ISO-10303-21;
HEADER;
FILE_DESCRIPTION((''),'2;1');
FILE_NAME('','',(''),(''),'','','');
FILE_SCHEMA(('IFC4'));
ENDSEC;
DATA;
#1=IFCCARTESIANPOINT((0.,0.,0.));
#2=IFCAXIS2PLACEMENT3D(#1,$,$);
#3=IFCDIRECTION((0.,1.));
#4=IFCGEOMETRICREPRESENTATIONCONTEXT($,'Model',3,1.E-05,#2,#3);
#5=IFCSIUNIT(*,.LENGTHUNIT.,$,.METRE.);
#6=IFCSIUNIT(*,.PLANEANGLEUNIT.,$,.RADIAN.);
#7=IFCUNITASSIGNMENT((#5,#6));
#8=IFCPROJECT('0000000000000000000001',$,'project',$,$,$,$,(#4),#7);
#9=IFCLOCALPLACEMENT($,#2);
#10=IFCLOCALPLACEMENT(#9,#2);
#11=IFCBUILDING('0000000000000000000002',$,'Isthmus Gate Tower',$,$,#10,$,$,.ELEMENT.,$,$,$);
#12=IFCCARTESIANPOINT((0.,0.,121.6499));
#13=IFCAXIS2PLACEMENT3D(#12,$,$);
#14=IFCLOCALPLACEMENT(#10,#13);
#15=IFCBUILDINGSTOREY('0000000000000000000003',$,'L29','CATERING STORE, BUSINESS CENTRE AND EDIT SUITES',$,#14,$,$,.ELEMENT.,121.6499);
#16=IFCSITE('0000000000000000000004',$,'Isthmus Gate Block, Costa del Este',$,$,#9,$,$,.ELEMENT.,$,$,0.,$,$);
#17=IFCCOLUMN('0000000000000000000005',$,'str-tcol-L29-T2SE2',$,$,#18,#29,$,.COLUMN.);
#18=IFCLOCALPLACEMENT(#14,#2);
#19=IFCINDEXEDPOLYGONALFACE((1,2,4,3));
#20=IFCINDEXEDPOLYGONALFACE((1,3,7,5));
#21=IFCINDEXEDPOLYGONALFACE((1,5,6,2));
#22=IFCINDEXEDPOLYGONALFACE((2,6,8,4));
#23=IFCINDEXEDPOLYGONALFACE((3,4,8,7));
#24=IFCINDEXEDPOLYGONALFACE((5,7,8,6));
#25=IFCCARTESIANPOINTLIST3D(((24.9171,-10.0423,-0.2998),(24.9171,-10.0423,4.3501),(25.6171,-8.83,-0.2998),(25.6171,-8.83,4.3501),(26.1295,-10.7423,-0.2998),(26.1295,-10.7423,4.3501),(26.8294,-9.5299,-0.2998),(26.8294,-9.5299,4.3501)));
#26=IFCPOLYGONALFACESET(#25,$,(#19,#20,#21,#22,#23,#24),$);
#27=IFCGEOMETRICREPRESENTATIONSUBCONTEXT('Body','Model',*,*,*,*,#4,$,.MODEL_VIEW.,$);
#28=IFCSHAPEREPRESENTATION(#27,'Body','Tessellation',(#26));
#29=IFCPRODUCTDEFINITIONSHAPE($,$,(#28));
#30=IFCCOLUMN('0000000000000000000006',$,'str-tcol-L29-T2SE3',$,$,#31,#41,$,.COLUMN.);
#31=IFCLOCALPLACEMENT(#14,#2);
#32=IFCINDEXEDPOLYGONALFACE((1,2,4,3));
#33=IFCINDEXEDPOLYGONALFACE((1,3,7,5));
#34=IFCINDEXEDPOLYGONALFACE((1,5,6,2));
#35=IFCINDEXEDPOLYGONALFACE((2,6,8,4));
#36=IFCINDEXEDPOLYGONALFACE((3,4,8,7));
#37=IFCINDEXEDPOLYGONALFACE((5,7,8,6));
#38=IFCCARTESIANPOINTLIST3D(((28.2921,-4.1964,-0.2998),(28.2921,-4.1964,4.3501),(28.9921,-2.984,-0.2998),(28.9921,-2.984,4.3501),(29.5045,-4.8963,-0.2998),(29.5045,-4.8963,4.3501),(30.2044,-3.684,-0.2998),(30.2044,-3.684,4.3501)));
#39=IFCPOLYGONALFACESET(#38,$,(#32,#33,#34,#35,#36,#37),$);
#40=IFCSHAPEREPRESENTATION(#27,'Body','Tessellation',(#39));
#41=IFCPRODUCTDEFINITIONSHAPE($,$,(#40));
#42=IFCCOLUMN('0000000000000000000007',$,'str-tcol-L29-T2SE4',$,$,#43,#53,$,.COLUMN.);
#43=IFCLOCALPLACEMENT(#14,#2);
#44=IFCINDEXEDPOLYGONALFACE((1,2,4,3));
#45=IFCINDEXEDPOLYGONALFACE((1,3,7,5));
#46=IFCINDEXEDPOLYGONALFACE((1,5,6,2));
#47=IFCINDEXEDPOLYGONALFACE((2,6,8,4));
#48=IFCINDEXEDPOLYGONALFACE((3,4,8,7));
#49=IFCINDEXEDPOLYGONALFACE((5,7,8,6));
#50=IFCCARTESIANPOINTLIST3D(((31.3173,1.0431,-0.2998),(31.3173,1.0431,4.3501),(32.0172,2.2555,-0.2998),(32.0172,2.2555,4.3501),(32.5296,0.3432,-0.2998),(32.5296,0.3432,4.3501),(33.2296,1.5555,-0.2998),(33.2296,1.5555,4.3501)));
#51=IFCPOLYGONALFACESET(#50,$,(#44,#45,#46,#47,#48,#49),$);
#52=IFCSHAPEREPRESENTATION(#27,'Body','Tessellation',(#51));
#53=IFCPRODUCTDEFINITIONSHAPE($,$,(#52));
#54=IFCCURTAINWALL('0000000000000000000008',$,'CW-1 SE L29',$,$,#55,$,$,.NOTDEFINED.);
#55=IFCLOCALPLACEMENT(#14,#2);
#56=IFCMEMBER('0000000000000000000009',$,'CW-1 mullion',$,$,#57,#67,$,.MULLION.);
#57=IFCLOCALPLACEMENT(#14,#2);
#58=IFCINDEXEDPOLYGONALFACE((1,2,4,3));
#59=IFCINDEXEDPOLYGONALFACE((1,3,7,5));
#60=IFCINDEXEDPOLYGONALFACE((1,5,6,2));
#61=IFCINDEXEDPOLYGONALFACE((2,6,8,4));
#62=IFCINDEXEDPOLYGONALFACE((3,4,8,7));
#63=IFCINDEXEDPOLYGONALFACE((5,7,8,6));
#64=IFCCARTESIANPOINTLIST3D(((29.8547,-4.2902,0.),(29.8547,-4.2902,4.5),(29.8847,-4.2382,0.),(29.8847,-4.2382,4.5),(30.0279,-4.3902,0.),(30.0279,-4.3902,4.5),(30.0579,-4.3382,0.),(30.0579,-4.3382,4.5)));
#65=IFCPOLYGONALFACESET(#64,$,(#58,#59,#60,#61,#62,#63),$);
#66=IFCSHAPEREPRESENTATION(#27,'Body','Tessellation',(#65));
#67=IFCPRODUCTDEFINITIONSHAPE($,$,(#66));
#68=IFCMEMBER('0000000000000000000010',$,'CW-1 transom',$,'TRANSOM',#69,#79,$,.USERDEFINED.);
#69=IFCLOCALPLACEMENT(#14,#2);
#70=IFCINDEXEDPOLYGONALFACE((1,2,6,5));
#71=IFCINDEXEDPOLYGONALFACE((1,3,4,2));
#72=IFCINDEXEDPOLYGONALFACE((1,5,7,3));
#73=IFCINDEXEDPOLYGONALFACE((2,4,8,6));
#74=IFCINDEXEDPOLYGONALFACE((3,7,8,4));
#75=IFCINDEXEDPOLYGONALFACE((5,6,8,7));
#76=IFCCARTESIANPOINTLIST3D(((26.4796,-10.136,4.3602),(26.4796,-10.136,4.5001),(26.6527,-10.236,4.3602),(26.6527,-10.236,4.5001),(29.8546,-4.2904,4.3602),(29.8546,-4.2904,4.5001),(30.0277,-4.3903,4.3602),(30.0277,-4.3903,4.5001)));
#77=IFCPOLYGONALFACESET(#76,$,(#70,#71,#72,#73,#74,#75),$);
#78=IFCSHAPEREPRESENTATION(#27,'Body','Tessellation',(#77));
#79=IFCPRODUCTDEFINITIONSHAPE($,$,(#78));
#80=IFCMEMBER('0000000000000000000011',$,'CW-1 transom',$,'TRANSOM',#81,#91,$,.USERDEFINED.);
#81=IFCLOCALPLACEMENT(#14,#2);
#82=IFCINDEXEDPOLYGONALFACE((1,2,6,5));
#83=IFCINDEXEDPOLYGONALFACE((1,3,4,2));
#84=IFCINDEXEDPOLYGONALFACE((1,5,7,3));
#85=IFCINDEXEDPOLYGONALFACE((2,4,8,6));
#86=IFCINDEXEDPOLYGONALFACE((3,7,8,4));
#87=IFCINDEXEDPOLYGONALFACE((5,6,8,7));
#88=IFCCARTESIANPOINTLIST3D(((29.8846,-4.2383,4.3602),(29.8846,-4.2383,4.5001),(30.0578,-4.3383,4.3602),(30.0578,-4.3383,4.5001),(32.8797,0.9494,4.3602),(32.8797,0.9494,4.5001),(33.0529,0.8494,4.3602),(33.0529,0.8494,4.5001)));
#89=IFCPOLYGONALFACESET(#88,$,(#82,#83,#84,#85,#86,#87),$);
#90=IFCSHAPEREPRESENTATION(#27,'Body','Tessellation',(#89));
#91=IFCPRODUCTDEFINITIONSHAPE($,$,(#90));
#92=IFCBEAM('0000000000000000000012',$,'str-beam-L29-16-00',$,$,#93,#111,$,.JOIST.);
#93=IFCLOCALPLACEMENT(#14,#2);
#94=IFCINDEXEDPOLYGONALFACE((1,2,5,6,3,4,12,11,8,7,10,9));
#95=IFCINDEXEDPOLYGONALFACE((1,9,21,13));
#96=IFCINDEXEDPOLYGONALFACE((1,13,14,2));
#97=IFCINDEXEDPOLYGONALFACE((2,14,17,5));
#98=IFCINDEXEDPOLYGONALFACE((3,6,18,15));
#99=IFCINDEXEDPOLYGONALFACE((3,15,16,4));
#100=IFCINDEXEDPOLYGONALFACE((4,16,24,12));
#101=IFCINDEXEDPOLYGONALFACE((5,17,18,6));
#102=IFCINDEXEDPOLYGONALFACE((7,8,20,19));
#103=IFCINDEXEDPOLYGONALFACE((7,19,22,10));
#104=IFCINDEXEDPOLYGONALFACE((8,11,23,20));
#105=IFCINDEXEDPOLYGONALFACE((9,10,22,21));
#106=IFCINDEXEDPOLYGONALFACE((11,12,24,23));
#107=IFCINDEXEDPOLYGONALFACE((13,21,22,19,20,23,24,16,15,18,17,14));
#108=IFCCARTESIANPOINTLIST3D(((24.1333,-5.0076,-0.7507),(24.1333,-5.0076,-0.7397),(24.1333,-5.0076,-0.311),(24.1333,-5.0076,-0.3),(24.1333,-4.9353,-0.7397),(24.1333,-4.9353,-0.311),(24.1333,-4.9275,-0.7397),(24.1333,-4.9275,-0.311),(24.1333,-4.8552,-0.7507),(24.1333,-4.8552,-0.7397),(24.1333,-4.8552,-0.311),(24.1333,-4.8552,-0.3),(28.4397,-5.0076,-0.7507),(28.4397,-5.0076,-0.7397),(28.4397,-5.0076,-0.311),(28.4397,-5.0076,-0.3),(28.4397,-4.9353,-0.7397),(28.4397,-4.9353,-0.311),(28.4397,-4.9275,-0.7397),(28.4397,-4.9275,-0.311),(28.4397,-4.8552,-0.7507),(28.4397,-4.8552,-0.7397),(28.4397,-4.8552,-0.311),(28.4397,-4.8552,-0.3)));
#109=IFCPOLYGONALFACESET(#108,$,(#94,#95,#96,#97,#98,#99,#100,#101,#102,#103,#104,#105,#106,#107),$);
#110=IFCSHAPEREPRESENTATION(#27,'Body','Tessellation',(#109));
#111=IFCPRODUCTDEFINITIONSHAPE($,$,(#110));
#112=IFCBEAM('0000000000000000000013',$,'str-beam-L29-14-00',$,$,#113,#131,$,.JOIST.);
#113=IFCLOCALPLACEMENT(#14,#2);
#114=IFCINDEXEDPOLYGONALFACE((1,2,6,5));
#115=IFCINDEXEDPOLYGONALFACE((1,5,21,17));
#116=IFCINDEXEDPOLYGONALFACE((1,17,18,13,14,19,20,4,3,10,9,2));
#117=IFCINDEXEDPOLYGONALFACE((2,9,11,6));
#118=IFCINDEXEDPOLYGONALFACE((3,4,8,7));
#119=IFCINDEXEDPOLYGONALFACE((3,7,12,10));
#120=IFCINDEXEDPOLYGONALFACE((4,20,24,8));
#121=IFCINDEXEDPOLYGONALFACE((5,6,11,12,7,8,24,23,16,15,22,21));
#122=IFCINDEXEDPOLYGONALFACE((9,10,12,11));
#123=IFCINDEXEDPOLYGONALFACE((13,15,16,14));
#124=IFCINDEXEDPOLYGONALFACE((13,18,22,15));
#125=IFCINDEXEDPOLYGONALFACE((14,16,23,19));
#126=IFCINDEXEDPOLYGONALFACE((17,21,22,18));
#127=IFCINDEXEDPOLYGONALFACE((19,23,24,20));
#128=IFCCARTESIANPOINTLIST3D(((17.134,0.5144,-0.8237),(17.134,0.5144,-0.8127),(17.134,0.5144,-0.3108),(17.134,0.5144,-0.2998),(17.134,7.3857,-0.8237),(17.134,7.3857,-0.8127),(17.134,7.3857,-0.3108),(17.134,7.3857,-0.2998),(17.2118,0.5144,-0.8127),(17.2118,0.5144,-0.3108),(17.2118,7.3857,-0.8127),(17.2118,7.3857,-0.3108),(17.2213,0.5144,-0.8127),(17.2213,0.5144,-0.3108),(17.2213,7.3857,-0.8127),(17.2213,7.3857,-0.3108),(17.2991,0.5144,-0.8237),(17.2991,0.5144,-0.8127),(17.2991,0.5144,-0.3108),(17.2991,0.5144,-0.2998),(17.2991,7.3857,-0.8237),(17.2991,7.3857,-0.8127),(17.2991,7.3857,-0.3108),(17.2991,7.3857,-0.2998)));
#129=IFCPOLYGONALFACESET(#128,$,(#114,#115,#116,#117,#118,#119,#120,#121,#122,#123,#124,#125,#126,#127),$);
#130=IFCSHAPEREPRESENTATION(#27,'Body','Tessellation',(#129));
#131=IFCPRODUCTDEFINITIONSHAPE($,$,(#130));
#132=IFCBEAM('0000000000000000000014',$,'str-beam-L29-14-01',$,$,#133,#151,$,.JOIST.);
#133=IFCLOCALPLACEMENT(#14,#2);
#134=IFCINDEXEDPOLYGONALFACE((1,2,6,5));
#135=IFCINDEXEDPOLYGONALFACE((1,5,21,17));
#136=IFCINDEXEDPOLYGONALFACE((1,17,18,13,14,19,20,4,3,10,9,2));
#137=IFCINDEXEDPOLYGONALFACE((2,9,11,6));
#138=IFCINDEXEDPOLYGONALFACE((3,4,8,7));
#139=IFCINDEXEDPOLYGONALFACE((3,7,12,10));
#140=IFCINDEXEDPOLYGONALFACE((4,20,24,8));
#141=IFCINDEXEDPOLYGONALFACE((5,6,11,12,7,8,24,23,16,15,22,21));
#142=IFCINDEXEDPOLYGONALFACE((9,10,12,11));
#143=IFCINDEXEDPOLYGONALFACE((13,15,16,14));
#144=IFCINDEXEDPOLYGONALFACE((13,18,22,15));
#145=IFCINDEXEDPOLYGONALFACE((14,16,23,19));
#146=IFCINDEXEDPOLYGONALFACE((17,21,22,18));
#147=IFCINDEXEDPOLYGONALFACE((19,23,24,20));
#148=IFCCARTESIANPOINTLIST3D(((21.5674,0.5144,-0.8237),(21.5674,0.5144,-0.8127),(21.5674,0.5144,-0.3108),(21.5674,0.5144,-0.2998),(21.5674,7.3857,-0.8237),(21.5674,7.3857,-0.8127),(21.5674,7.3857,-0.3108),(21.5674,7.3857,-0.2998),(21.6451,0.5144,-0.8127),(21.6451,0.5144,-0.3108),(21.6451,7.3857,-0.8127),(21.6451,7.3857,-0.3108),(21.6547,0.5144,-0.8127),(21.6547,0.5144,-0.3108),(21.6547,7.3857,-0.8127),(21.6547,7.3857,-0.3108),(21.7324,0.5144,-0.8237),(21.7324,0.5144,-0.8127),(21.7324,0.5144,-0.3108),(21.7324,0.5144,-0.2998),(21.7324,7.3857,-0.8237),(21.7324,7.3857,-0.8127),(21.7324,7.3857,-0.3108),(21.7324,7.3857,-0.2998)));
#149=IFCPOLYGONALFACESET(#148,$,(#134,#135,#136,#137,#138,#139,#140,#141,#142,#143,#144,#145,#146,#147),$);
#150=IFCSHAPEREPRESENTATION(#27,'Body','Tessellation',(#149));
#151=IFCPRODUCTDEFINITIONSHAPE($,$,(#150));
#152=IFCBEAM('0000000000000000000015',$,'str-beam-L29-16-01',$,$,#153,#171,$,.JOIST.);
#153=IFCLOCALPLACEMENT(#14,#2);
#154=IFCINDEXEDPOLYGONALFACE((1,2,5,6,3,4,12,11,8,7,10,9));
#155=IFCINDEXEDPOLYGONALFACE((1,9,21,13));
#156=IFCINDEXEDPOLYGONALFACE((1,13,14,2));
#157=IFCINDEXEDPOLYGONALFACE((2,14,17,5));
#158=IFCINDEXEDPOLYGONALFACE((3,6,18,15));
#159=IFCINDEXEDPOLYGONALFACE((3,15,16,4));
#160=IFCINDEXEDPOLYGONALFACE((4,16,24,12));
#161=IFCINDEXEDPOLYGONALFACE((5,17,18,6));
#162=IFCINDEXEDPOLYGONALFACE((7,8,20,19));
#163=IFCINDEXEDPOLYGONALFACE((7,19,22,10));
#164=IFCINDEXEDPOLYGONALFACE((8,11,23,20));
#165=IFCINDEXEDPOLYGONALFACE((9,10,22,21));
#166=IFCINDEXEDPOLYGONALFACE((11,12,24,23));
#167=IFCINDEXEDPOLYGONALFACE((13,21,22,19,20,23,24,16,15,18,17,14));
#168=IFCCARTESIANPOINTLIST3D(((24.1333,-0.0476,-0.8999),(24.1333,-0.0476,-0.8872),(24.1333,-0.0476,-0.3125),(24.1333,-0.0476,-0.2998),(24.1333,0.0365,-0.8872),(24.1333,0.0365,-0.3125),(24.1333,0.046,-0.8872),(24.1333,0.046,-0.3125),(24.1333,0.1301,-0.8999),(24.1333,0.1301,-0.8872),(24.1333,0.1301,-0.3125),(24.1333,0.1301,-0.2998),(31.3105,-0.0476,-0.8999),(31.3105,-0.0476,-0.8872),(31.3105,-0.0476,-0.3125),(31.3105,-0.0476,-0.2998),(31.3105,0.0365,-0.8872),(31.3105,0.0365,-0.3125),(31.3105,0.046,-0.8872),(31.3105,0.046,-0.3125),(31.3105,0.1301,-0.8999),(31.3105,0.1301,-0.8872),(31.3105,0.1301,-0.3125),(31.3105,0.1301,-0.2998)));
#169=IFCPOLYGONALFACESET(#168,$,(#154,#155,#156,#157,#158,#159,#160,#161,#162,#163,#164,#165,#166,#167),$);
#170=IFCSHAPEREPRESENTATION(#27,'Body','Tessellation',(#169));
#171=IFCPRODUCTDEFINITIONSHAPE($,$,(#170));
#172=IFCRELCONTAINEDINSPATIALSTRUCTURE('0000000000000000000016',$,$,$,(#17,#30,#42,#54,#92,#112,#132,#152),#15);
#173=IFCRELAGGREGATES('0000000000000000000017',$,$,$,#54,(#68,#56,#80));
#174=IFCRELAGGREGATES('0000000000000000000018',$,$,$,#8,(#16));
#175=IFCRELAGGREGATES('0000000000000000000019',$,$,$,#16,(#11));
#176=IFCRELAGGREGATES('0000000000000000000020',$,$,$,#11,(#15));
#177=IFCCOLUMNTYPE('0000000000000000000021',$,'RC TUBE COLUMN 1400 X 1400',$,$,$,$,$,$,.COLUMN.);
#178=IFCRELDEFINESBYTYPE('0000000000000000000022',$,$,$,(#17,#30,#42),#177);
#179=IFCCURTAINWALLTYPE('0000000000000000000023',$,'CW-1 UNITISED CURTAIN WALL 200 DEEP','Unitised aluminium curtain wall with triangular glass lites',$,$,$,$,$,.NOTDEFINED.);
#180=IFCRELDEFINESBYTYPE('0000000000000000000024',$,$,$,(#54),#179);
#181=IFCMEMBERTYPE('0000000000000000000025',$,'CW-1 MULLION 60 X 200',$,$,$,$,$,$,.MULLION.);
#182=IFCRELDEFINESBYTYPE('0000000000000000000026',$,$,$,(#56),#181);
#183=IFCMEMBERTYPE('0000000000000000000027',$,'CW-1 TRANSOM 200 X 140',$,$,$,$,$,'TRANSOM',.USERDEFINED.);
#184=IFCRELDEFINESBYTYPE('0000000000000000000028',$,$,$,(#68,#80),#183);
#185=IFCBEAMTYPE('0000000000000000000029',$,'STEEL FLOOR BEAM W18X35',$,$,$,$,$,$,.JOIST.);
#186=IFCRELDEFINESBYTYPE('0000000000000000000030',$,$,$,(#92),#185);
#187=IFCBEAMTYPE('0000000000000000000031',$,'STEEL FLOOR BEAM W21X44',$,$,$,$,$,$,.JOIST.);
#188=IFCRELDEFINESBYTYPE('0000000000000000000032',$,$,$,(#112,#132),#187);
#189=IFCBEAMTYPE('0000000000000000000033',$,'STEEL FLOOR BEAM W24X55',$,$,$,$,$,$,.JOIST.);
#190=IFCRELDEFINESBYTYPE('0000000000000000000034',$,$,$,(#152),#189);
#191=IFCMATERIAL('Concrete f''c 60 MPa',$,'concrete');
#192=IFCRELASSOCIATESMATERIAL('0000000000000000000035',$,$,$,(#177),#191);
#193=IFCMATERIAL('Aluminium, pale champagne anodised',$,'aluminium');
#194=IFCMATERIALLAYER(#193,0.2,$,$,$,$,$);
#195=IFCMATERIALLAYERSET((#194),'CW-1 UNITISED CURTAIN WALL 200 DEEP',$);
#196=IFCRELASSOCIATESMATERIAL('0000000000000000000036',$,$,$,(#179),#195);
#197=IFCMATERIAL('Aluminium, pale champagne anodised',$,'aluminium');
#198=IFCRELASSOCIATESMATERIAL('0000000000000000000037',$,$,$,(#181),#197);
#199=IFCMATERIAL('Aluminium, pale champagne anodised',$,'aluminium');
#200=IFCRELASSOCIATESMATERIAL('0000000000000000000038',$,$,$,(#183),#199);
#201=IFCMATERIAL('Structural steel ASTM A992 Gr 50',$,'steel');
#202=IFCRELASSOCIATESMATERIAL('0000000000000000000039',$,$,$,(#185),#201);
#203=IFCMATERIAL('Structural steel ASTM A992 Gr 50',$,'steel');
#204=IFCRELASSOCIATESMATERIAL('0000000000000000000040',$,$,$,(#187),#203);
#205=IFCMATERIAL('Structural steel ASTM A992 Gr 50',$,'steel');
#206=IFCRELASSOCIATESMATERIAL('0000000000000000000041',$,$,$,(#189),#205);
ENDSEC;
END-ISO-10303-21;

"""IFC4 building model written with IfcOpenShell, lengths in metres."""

from ifc_helpers import new_model, si_unit, direction, frame, origin, origin_2d, place, context, subcontext, project, spatial, rectangle, i_section, extrude, material, layer, layer_set, material_profile, profile_set, type_object, element, aggregate, save


model = new_model("IFC4")

# Units and contexts
model_context = context("Model", 3, precision=1e-05, world=origin(), true_north=direction((0.0, 1.0)))
body_context = subcontext(model_context, "Body", "Model", "MODEL_VIEW")
ifc_project = project(units=[si_unit("LENGTHUNIT", "METRE"), si_unit("PLANEANGLEUNIT", "RADIAN")], contexts=[model_context])

# Site, building, storey
site_placement = place(None, origin())
site = spatial("IfcSite", under=ifc_project, at=site_placement, Name="Isthmus Gate Block, Costa del Este", CompositionType="ELEMENT", RefElevation=0.0)
building_placement = place(site_placement, origin())
building = spatial("IfcBuilding", under=site, at=building_placement, Name="Isthmus Gate Tower", CompositionType="ELEMENT")
storey_placement = place(building_placement, frame((0.0, 0.0, 121.6499)))
storey = spatial("IfcBuildingStorey", under=building, at=storey_placement, Name="L29", Description="CATERING STORE, BUSINESS CENTRE AND EDIT SUITES", CompositionType="ELEMENT", Elevation=121.6499)

# Columns
ifc_material_1 = material(Name="Concrete f'c 60 MPa", Category="concrete")
ifc_material_profile_1 = material_profile(ifc_material_1, rectangle(XDim=1.3999, YDim=1.3999, at=origin_2d()), Name="RC 1400X1400")
ifc_profile_set_1 = profile_set([ifc_material_profile_1], Name="Concrete f'c 60 MPa")
column_type = type_object("IfcColumnType", Name="RC TUBE COLUMN 1400 X 1400", PredefinedType="COLUMN", material=ifc_profile_set_1)
for number, where, z_axis, x_axis, name in (
    (1, (25.8733, -9.7861, -0.2998), (0.0, 0.0, 1.0), (0.5, 0.866025, 0.0), "str-tcol-L29-T2SE2"),
    (2, (29.2483, -3.9402, -0.2998), (0.0, 0.0, 1.0), (0.5, 0.866025, 0.0), "str-tcol-L29-T2SE3"),
    (3, (32.2734, 1.2993, -0.2998), (0.0, 0.0, 1.0), (0.5, 0.866025, 0.0), "str-tcol-L29-T2SE4"),
):
    element("IfcColumn", number, at=place(storey_placement, frame(where, z_axis=z_axis, x_axis=x_axis)), inside=storey, type_object=column_type, Name=name, PredefinedType="COLUMN", context=body_context, shape_type="SweptSolid", body=[
        extrude(rectangle(XDim=1.3999, YDim=1.3999, at=origin_2d()), origin(), (0.0, 0.0, 1.0), 4.6499),
    ])

# Curtain wall, members
ifc_material_2 = material(Name="Aluminium, pale champagne anodised", Category="aluminium")
ifc_layer_1 = layer(ifc_material_2, 0.2)
ifc_layer_set_1 = layer_set([ifc_layer_1], Name="CW-1 UNITISED CURTAIN WALL 200 DEEP")
curtain_wall_type = type_object("IfcCurtainWallType", Name="CW-1 UNITISED CURTAIN WALL 200 DEEP", Description="Unitised aluminium curtain wall with triangular glass lites", PredefinedType="NOTDEFINED", material=ifc_layer_set_1)
curtain_wall_placement = place(storey_placement, origin())
curtain_wall = element("IfcCurtainWall", 4, at=curtain_wall_placement, inside=storey, type_object=curtain_wall_type, Name="CW-1 SE L29", PredefinedType="NOTDEFINED")
ifc_material_3 = material(Name="Aluminium, pale champagne anodised", Category="aluminium")
ifc_material_profile_2 = material_profile(ifc_material_3, rectangle(XDim=0.0601, YDim=0.2, at=origin_2d()), Name="60x200")
ifc_profile_set_2 = profile_set([ifc_material_profile_2], Name="Aluminium, pale champagne anodised")
member_type_1 = type_object("IfcMemberType", Name="CW-1 MULLION 60 X 200", PredefinedType="MULLION", material=ifc_profile_set_2)
member_1_placement = place(storey_placement, frame((29.9563, -4.3142, 0.0), z_axis=(0.0, 0.0, 1.0), x_axis=(0.5, 0.866025, 0.0)))
member_1 = element("IfcMember", 5, at=member_1_placement, type_object=member_type_1, Name="CW-1 mullion", PredefinedType="MULLION", context=body_context, shape_type="SweptSolid", body=[
    extrude(rectangle(XDim=0.0601, YDim=0.2, at=origin_2d()), origin(), (0.0, 0.0, 1.0), 4.5),
])
ifc_material_4 = material(Name="Aluminium, pale champagne anodised", Category="aluminium")
ifc_material_profile_3 = material_profile(ifc_material_4, rectangle(XDim=0.2, YDim=0.1399, at=origin_2d()), Name="200x140")
ifc_profile_set_3 = profile_set([ifc_material_profile_3], Name="Aluminium, pale champagne anodised")
member_type_2 = type_object("IfcMemberType", Name="CW-1 TRANSOM 200 X 140", ElementType="TRANSOM", PredefinedType="USERDEFINED", material=ifc_profile_set_3)
member_2_placement = place(storey_placement, frame((26.5662, -10.186, 4.4302), z_axis=(0.499998, 0.866027, 0.0), x_axis=(-0.866027, 0.499998, 0.0)))
member_2 = element("IfcMember", 6, at=member_2_placement, type_object=member_type_2, Name="CW-1 transom", ObjectType="TRANSOM", PredefinedType="USERDEFINED", context=body_context, shape_type="SweptSolid", body=[
    extrude(rectangle(XDim=0.2, YDim=0.1399, at=origin_2d()), origin(), (0.0, 0.0, 1.0), 6.75),
])
member_3_placement = place(storey_placement, frame((29.9712, -4.2883, 4.4302), z_axis=(0.499996, 0.866027, 0.0), x_axis=(-0.866027, 0.499996, 0.0)))
member_3 = element("IfcMember", 7, at=member_3_placement, type_object=member_type_2, Name="CW-1 transom", ObjectType="TRANSOM", PredefinedType="USERDEFINED", context=body_context, shape_type="SweptSolid", body=[
    extrude(rectangle(XDim=0.2, YDim=0.1399, at=origin_2d()), origin(), (0.0, 0.0, 1.0), 5.9902),
])

# Beams
ifc_material_5 = material(Name="Structural steel ASTM A992 Gr 50", Category="steel")
ifc_material_profile_4 = material_profile(ifc_material_5, i_section(OverallWidth=0.1523, OverallDepth=0.4507, WebThickness=0.0078, FlangeThickness=0.011, at=origin_2d()), Name="W18X35")
ifc_profile_set_4 = profile_set([ifc_material_profile_4], Name="Structural steel ASTM A992 Gr 50")
beam_type_1 = type_object("IfcBeamType", Name="STEEL FLOOR BEAM W18X35", PredefinedType="JOIST", material=ifc_profile_set_4)
beam_1_placement = place(storey_placement, frame((24.1333, -4.9314, -0.5254), z_axis=(1.0, 0.0, 0.0), x_axis=(0.0, 1.0, 0.0)))
element("IfcBeam", 8, at=beam_1_placement, inside=storey, type_object=beam_type_1, Name="str-beam-L29-16-00", PredefinedType="JOIST", context=body_context, shape_type="SweptSolid", body=[
    extrude(i_section(OverallWidth=0.1523, OverallDepth=0.4507, WebThickness=0.0078, FlangeThickness=0.011, at=origin_2d()), origin(), (0.0, 0.0, 1.0), 4.3064),
])
ifc_material_6 = material(Name="Structural steel ASTM A992 Gr 50", Category="steel")
ifc_material_profile_5 = material_profile(ifc_material_6, i_section(OverallWidth=0.165, OverallDepth=0.5239, WebThickness=0.0095, FlangeThickness=0.011, at=origin_2d()), Name="W21X44")
ifc_profile_set_5 = profile_set([ifc_material_profile_5], Name="Structural steel ASTM A992 Gr 50")
beam_type_2 = type_object("IfcBeamType", Name="STEEL FLOOR BEAM W21X44", PredefinedType="JOIST", material=ifc_profile_set_5)
for number, where, z_axis, x_axis, name in (
    (9, (17.2166, 0.5144, -0.5618), (0.0, 1.0, 0.0), (-1.0, 0.0, 0.0), "str-beam-L29-14-00"),
    (10, (21.6499, 0.5144, -0.5618), (0.0, 1.0, 0.0), (-1.0, 0.0, 0.0), "str-beam-L29-14-01"),
):
    element("IfcBeam", number, at=place(storey_placement, frame(where, z_axis=z_axis, x_axis=x_axis)), inside=storey, type_object=beam_type_2, Name=name, PredefinedType="JOIST", context=body_context, shape_type="SweptSolid", body=[
        extrude(i_section(OverallWidth=0.165, OverallDepth=0.5239, WebThickness=0.0095, FlangeThickness=0.011, at=origin_2d()), origin(), (0.0, 0.0, 1.0), 6.8713),
    ])
ifc_material_7 = material(Name="Structural steel ASTM A992 Gr 50", Category="steel")
ifc_material_profile_6 = material_profile(ifc_material_7, i_section(OverallWidth=0.1777, OverallDepth=0.6001, WebThickness=0.0095, FlangeThickness=0.0127, at=origin_2d()), Name="W24X55")
ifc_profile_set_6 = profile_set([ifc_material_profile_6], Name="Structural steel ASTM A992 Gr 50")
beam_type_3 = type_object("IfcBeamType", Name="STEEL FLOOR BEAM W24X55", PredefinedType="JOIST", material=ifc_profile_set_6)
beam_2_placement = place(storey_placement, frame((24.1333, 0.0413, -0.5999), z_axis=(1.0, 0.0, 0.0), x_axis=(0.0, 1.0, 0.0)))
element("IfcBeam", 11, at=beam_2_placement, inside=storey, type_object=beam_type_3, Name="str-beam-L29-16-01", PredefinedType="JOIST", context=body_context, shape_type="SweptSolid", body=[
    extrude(i_section(OverallWidth=0.1777, OverallDepth=0.6001, WebThickness=0.0095, FlangeThickness=0.0127, at=origin_2d()), origin(), (0.0, 0.0, 1.0), 7.1772),
])

aggregate(curtain_wall, [member_2, member_1, member_3])

save(model, "model.ifc")
